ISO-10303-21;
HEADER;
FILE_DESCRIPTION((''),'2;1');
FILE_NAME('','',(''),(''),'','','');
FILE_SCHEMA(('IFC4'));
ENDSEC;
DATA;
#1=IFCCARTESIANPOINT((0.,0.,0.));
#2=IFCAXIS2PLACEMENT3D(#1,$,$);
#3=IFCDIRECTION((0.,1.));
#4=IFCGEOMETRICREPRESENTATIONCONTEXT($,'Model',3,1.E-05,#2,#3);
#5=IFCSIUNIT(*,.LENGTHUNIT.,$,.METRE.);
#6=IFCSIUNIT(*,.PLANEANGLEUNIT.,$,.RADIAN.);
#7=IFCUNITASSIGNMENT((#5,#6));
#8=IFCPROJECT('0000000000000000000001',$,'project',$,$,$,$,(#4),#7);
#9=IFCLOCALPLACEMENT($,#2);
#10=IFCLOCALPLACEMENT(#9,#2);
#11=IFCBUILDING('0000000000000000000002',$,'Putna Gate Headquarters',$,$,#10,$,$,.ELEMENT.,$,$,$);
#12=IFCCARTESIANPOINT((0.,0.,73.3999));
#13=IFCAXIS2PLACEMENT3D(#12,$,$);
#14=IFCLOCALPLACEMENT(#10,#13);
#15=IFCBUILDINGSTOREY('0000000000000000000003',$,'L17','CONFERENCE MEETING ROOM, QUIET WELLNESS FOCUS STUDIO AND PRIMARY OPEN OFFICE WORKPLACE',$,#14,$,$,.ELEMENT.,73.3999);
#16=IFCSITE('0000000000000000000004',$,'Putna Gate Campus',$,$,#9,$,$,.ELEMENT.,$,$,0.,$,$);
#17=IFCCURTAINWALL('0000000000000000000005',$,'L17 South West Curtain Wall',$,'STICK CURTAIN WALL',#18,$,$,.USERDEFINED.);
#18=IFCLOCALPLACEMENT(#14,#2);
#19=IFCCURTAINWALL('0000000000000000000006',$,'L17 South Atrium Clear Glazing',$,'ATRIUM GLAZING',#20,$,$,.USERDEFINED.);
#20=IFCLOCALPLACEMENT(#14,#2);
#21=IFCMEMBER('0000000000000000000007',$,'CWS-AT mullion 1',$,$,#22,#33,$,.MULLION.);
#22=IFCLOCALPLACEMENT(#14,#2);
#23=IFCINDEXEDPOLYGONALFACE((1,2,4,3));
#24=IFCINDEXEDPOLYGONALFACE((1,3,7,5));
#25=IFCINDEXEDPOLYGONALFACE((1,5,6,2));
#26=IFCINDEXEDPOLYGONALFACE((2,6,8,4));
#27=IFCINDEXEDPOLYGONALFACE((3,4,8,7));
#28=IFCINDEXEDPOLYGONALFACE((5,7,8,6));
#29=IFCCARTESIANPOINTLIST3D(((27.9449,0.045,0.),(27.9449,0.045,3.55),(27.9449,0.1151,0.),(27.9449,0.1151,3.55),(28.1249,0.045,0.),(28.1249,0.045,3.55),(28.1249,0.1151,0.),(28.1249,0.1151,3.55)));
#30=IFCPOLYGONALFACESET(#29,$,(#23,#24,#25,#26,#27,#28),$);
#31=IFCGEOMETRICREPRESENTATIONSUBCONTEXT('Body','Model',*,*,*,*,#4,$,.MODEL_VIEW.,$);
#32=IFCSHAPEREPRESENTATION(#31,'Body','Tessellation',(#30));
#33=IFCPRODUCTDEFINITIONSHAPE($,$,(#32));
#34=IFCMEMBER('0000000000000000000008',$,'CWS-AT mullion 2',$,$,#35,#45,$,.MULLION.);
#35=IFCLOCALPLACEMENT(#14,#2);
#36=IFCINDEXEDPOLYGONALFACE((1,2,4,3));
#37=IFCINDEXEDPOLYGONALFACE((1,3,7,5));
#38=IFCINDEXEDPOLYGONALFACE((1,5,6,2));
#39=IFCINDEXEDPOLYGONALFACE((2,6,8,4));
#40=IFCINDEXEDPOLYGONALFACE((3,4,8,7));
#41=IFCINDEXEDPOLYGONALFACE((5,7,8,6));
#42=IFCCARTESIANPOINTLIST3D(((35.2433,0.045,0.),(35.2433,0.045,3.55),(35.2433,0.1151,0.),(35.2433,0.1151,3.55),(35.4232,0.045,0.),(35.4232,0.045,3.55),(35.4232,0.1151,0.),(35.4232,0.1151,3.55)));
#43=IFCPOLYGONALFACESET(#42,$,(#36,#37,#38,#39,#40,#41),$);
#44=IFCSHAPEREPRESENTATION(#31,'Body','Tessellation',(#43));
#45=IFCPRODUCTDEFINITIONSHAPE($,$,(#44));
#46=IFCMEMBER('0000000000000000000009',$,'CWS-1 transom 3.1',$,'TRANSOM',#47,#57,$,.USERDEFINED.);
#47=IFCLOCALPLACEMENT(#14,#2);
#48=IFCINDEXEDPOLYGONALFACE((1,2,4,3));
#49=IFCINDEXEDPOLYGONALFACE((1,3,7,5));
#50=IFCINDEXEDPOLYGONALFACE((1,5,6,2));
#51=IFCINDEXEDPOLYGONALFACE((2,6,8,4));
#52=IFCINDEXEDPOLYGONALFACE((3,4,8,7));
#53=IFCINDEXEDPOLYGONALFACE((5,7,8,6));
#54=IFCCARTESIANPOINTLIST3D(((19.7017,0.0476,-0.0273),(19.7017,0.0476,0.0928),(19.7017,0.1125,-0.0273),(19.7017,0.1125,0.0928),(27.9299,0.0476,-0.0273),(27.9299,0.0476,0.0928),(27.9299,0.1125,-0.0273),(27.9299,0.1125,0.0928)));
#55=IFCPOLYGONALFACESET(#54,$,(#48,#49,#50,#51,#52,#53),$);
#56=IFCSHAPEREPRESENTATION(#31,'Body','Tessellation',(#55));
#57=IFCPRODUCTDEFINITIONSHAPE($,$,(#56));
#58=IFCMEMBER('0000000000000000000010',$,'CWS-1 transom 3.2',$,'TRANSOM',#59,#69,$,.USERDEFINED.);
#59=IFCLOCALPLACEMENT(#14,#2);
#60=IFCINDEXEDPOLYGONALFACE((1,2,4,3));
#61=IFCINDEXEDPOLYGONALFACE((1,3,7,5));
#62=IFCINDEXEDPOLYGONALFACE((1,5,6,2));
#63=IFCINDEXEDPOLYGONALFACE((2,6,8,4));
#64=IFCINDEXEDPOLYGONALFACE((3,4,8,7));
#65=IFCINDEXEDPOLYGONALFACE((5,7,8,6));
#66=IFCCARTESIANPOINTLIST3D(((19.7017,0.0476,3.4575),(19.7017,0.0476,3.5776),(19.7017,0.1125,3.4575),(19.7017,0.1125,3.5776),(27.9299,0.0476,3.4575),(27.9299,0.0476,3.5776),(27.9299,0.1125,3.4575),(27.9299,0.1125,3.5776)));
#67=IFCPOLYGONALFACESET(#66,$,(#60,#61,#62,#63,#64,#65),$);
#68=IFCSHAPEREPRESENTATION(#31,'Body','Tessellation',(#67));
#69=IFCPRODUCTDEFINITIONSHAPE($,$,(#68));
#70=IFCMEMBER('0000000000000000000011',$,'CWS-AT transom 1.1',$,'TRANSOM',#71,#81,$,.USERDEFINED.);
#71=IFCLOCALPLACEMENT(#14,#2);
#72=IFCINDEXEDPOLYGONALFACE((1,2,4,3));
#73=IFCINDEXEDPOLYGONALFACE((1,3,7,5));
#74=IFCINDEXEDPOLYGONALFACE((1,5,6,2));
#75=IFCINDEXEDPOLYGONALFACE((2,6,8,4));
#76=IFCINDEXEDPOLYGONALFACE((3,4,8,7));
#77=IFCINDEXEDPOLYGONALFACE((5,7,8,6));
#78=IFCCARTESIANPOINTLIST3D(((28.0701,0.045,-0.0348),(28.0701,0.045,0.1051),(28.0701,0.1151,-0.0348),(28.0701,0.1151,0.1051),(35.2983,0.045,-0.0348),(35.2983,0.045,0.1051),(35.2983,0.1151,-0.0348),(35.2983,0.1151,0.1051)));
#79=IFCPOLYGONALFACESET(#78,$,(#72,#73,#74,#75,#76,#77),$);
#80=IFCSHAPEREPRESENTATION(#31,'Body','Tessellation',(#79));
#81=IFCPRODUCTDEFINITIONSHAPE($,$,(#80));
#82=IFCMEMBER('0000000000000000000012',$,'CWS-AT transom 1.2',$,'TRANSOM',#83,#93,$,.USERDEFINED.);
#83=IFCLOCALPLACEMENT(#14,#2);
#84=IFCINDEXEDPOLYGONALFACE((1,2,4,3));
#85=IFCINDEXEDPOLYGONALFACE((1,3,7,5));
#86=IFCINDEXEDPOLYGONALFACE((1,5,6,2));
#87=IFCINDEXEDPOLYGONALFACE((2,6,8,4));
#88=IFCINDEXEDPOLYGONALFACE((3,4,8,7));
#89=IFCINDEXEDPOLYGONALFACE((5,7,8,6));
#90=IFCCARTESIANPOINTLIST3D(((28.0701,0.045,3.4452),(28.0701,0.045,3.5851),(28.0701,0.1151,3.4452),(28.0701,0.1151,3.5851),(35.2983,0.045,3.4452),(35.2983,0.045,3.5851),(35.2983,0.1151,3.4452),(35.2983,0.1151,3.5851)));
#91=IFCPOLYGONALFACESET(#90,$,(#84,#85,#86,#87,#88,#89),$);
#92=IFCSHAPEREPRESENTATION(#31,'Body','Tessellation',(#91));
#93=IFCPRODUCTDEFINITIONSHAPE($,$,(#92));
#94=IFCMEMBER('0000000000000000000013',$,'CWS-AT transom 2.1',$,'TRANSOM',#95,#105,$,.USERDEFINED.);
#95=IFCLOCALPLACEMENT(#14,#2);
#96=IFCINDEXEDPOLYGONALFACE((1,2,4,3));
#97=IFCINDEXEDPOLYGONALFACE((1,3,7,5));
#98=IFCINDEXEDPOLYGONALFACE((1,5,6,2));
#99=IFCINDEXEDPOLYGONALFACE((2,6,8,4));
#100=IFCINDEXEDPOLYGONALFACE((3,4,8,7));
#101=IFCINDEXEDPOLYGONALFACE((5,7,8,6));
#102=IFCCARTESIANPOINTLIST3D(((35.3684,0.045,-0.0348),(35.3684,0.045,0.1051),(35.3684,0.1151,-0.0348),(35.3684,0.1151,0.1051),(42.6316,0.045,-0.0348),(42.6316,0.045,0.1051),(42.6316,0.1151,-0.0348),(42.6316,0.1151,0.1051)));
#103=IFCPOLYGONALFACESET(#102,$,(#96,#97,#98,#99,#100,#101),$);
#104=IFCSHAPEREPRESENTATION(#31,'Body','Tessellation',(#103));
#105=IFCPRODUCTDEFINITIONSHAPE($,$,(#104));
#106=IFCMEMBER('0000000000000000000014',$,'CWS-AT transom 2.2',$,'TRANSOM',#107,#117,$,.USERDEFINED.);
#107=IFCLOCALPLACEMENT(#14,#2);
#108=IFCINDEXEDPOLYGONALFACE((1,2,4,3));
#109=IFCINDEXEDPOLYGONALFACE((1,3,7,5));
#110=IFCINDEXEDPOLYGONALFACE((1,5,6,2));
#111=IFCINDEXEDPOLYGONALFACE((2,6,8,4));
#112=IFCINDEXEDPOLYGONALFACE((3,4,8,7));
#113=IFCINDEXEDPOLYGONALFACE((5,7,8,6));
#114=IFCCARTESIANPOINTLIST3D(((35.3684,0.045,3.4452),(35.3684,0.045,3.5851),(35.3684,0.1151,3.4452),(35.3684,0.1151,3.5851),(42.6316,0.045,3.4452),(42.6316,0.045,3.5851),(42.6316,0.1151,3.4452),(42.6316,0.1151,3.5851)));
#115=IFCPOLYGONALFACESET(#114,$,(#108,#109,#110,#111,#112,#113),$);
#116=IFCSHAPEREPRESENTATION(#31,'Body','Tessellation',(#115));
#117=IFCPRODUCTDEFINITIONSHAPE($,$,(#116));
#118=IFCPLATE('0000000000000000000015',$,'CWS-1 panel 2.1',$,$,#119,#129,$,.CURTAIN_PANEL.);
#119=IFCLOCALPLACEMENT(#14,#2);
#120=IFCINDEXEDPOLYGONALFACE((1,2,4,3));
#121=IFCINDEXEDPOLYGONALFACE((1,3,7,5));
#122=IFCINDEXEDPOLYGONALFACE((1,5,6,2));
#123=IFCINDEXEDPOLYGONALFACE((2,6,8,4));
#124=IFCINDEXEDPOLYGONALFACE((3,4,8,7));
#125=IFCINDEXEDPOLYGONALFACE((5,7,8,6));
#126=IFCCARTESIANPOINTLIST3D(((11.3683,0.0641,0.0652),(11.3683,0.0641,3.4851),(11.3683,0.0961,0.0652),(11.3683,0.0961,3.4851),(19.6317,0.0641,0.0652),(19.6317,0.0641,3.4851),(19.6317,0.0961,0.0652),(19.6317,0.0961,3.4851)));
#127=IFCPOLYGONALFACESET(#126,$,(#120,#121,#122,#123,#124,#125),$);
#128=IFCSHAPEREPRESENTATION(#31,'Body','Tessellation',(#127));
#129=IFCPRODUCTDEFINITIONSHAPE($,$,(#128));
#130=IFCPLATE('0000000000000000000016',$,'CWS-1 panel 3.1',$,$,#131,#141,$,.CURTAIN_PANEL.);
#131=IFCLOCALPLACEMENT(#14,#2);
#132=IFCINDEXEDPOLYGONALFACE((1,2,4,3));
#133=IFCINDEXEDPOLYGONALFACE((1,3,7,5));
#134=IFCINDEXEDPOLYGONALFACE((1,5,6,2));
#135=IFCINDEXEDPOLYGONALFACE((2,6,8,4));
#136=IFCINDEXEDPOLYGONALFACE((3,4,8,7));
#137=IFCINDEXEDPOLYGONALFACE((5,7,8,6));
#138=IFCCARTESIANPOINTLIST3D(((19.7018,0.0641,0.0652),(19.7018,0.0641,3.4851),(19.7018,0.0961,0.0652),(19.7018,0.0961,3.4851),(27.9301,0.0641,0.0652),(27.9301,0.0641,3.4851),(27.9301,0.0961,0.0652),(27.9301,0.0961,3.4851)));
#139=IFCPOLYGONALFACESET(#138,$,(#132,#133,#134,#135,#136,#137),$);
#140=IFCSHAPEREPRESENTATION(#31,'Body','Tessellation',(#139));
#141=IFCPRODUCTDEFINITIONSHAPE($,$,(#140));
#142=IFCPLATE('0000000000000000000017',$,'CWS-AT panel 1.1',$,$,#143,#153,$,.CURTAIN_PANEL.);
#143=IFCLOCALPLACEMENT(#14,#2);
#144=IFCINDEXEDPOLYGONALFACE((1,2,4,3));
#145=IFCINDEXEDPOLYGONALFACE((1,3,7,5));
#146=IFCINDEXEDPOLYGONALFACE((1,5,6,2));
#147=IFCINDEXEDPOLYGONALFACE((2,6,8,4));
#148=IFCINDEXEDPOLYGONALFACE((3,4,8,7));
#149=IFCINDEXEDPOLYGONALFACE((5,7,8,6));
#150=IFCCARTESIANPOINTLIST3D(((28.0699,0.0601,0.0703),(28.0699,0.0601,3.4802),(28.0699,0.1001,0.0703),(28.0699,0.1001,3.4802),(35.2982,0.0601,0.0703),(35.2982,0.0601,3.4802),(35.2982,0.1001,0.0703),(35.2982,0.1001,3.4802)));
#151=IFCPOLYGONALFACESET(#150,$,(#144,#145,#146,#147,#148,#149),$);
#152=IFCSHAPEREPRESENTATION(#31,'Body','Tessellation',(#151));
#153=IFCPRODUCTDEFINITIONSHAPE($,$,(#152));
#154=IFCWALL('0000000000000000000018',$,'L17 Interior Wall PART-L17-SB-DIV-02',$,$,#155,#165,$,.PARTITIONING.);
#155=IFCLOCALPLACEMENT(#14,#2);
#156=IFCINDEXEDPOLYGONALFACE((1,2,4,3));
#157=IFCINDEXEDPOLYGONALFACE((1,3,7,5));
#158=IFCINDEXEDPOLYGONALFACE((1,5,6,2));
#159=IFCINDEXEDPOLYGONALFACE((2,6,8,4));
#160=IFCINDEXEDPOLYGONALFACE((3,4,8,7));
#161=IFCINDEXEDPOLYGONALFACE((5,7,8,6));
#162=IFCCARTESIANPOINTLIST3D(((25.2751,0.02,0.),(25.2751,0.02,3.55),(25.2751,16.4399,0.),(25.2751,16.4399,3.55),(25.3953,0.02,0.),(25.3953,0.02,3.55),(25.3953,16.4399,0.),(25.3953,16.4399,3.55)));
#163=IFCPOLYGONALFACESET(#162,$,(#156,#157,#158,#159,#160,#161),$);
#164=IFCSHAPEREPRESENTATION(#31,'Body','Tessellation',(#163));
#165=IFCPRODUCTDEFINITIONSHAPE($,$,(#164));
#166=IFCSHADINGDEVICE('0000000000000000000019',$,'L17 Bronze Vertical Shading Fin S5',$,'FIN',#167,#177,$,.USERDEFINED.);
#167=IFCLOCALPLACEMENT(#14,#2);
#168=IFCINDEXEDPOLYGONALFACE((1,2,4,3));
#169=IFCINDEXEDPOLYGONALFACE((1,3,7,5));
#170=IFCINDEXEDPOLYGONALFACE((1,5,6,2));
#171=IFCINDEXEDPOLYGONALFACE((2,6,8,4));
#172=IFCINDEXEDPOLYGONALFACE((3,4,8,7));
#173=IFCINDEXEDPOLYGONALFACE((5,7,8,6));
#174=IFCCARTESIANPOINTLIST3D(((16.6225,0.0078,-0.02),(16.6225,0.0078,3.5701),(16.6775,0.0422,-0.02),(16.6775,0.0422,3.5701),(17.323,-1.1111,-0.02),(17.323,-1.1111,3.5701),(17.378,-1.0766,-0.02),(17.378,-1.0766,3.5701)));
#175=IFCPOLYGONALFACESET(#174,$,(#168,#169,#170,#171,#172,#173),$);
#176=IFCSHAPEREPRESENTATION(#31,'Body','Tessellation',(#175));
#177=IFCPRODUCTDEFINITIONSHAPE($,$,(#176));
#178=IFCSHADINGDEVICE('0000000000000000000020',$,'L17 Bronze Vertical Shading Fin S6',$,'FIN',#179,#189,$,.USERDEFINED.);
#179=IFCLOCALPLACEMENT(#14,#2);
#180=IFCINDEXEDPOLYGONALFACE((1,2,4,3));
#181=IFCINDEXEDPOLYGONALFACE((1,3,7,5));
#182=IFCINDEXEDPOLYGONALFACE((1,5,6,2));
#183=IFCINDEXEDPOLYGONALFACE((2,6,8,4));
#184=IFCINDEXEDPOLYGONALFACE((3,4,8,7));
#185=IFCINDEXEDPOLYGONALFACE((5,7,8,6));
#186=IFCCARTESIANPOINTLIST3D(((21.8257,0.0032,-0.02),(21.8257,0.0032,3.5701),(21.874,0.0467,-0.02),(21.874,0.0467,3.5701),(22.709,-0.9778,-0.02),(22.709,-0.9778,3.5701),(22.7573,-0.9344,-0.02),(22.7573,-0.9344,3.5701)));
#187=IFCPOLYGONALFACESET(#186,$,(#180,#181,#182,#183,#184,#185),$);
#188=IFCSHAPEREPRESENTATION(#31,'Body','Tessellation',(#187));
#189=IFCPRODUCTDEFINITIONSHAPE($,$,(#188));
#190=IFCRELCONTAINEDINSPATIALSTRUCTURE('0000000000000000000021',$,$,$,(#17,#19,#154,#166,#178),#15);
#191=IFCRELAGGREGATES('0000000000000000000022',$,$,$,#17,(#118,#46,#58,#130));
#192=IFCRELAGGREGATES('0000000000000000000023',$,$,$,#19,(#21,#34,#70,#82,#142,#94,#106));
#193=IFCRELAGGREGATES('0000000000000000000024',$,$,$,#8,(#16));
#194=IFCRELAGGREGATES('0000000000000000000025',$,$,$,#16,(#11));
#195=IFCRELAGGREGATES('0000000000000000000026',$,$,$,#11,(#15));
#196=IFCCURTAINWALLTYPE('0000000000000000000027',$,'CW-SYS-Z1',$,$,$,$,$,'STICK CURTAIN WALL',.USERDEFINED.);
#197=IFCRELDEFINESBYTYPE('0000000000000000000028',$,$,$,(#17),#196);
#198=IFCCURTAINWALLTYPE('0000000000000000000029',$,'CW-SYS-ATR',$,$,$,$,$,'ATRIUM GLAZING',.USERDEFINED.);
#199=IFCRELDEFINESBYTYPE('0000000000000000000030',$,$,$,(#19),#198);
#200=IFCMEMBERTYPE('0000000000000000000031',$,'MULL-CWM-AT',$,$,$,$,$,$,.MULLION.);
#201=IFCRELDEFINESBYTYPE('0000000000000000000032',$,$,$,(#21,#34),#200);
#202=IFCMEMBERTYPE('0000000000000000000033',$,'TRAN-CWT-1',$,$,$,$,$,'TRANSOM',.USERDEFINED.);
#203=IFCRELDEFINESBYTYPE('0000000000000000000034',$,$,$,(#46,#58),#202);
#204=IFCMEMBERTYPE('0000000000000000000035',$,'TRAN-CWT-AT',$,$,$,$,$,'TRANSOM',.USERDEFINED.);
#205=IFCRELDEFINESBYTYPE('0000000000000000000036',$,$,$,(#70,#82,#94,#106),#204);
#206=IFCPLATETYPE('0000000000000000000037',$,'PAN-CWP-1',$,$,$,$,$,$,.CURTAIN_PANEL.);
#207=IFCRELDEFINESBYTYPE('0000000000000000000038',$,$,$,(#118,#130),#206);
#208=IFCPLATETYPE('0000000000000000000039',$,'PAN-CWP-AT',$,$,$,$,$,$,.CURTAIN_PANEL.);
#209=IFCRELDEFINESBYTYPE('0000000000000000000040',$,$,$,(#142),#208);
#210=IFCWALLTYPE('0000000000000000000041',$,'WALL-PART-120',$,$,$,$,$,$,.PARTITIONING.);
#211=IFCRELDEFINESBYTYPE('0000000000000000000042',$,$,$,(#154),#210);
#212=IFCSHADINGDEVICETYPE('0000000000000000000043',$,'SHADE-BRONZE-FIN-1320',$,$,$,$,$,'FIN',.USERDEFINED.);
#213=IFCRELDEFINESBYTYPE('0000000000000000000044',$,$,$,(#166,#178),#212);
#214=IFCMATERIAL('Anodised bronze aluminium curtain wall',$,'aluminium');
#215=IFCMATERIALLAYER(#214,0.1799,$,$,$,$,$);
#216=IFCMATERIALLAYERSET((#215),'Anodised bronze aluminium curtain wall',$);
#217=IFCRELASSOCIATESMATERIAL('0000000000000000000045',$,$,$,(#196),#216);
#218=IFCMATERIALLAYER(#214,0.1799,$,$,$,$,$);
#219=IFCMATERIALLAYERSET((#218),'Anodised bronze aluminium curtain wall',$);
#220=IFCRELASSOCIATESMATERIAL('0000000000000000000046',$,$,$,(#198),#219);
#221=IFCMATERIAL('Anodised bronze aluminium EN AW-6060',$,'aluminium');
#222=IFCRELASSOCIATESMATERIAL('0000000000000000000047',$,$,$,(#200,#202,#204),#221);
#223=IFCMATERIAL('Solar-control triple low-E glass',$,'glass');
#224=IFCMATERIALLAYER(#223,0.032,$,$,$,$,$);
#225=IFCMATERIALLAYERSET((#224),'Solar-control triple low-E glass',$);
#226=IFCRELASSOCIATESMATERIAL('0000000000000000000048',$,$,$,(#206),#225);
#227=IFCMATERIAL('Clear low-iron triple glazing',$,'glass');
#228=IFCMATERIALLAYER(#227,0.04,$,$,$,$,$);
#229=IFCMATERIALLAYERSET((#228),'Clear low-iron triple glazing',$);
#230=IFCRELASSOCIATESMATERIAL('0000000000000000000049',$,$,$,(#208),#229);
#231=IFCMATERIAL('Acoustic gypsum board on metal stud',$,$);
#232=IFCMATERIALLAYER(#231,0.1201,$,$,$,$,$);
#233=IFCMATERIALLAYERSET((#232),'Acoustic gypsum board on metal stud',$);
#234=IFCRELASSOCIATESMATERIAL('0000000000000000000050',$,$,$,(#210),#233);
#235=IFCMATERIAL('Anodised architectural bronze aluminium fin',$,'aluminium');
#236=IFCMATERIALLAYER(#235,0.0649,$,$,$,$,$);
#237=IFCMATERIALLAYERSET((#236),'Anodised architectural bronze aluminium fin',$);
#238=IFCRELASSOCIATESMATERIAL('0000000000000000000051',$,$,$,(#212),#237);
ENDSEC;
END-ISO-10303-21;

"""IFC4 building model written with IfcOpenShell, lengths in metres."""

from ifc_helpers import new_model, si_unit, direction, frame, frame_2d, origin, origin_2d, place, context, subcontext, project, spatial, rectangle, extrude, material, layer, layer_set, material_profile, profile_set, type_object, element, aggregate, save


model = new_model("IFC4")

# Units and contexts
model_context = context("Model", 3, precision=1e-05, world=origin(), true_north=direction((0.0, 1.0)))
body_context = subcontext(model_context, "Body", "Model", "MODEL_VIEW")
ifc_project = project(units=[si_unit("LENGTHUNIT", "METRE"), si_unit("PLANEANGLEUNIT", "RADIAN")], contexts=[model_context])

# Site, building, storey
site_placement = place(None, origin())
site = spatial("IfcSite", under=ifc_project, at=site_placement, Name="Putna Gate Campus", CompositionType="ELEMENT", RefElevation=0.0)
building_placement = place(site_placement, origin())
building = spatial("IfcBuilding", under=site, at=building_placement, Name="Putna Gate Headquarters", CompositionType="ELEMENT")
storey_placement = place(building_placement, frame((0.0, 0.0, 73.3999)))
storey = spatial("IfcBuildingStorey", under=building, at=storey_placement, Name="L17", Description="CONFERENCE MEETING ROOM, QUIET WELLNESS FOCUS STUDIO AND PRIMARY OPEN OFFICE WORKPLACE", CompositionType="ELEMENT", Elevation=73.3999)

# Curtain walls, members
ifc_material_1 = material(Name="Anodised bronze aluminium curtain wall", Category="aluminium")
ifc_layer_1 = layer(ifc_material_1, 0.1799)
ifc_layer_set_1 = layer_set([ifc_layer_1], Name="Anodised bronze aluminium curtain wall")
curtain_wall_type_1 = type_object("IfcCurtainWallType", Name="CW-SYS-Z1", ElementType="STICK CURTAIN WALL", PredefinedType="USERDEFINED", material=ifc_layer_set_1)
curtain_wall_1_placement = place(storey_placement, origin())
curtain_wall_1 = element("IfcCurtainWall", 1, at=curtain_wall_1_placement, inside=storey, type_object=curtain_wall_type_1, Name="L17 South West Curtain Wall", ObjectType="STICK CURTAIN WALL", PredefinedType="USERDEFINED")
ifc_material_2 = material(Name="Anodised bronze aluminium EN AW-6060", Category="aluminium")
ifc_layer_2 = layer(ifc_material_1, 0.1799)
ifc_layer_set_2 = layer_set([ifc_layer_2], Name="Anodised bronze aluminium curtain wall")
curtain_wall_type_2 = type_object("IfcCurtainWallType", Name="CW-SYS-ATR", ElementType="ATRIUM GLAZING", PredefinedType="USERDEFINED", material=ifc_layer_set_2)
curtain_wall_2_placement = place(storey_placement, origin())
curtain_wall_2 = element("IfcCurtainWall", 2, at=curtain_wall_2_placement, inside=storey, type_object=curtain_wall_type_2, Name="L17 South Atrium Clear Glazing", ObjectType="ATRIUM GLAZING", PredefinedType="USERDEFINED")
ifc_material_profile_1 = material_profile(ifc_material_2, rectangle(XDim=0.0701, YDim=0.1799, at=origin_2d()), Name="Anodised bronze aluminium EN AW-6060")
ifc_profile_set_1 = profile_set([ifc_material_profile_1], Name="Anodised bronze aluminium EN AW-6060")
member_type_1 = type_object("IfcMemberType", Name="MULL-CWM-AT", PredefinedType="MULLION", material=ifc_profile_set_1)
member_1_placement = place(storey_placement, frame((28.0349, 0.0801, 0.0), z_axis=(0.0, 0.0, 1.0), x_axis=(0.0, 1.0, 0.0)))
member_1 = element("IfcMember", 3, at=member_1_placement, type_object=member_type_1, Name="CWS-AT mullion 1", PredefinedType="MULLION", context=body_context, shape_type="SweptSolid", body=[
    extrude(rectangle(XDim=0.0701, YDim=0.1799, at=origin_2d()), origin(), (0.0, 0.0, 1.0), 3.55),
])
member_2_placement = place(storey_placement, frame((35.3333, 0.0801, 0.0), z_axis=(0.0, 0.0, 1.0), x_axis=(0.0, 1.0, 0.0)))
member_2 = element("IfcMember", 4, at=member_2_placement, type_object=member_type_1, Name="CWS-AT mullion 2", PredefinedType="MULLION", context=body_context, shape_type="SweptSolid", body=[
    extrude(rectangle(XDim=0.0701, YDim=0.1799, at=origin_2d()), origin(), (0.0, 0.0, 1.0), 3.55),
])

# Members
ifc_material_profile_2 = material_profile(ifc_material_2, rectangle(XDim=0.0649, YDim=0.1201, at=origin_2d()), Name="Anodised bronze aluminium EN AW-6060")
ifc_profile_set_2 = profile_set([ifc_material_profile_2], Name="Anodised bronze aluminium EN AW-6060")
member_type_2 = type_object("IfcMemberType", Name="TRAN-CWT-1", ElementType="TRANSOM", PredefinedType="USERDEFINED", material=ifc_profile_set_2)
member_3_placement = place(storey_placement, frame((19.7017, 0.0801, 0.0327), z_axis=(1.0, 0.0, 0.0), x_axis=(0.0, 1.0, 0.0)))
member_3 = element("IfcMember", 5, at=member_3_placement, type_object=member_type_2, Name="CWS-1 transom 3.1", ObjectType="TRANSOM", PredefinedType="USERDEFINED", context=body_context, shape_type="SweptSolid", body=[
    extrude(rectangle(XDim=0.0649, YDim=0.1201, at=origin_2d()), origin(), (0.0, 0.0, 1.0), 8.2283),
])
member_4_placement = place(storey_placement, frame((19.7017, 0.0801, 3.5176), z_axis=(1.0, 0.0, 0.0), x_axis=(0.0, 1.0, 0.0)))
member_4 = element("IfcMember", 6, at=member_4_placement, type_object=member_type_2, Name="CWS-1 transom 3.2", ObjectType="TRANSOM", PredefinedType="USERDEFINED", context=body_context, shape_type="SweptSolid", body=[
    extrude(rectangle(XDim=0.0649, YDim=0.1201, at=origin_2d()), origin(), (0.0, 0.0, 1.0), 8.2283),
])
ifc_material_profile_3 = material_profile(ifc_material_2, rectangle(XDim=0.0701, YDim=0.1399, at=origin_2d()), Name="Anodised bronze aluminium EN AW-6060")
ifc_profile_set_3 = profile_set([ifc_material_profile_3], Name="Anodised bronze aluminium EN AW-6060")
member_type_3 = type_object("IfcMemberType", Name="TRAN-CWT-AT", ElementType="TRANSOM", PredefinedType="USERDEFINED", material=ifc_profile_set_3)
member_5_placement = place(storey_placement, frame((28.0701, 0.0801, 0.0352), z_axis=(1.0, 0.0, 0.0), x_axis=(0.0, 1.0, 0.0)))
member_5 = element("IfcMember", 7, at=member_5_placement, type_object=member_type_3, Name="CWS-AT transom 1.1", ObjectType="TRANSOM", PredefinedType="USERDEFINED", context=body_context, shape_type="SweptSolid", body=[
    extrude(rectangle(XDim=0.0701, YDim=0.1399, at=origin_2d()), origin(), (0.0, 0.0, 1.0), 7.2283),
])
member_6_placement = place(storey_placement, frame((28.0701, 0.0801, 3.5151), z_axis=(1.0, 0.0, 0.0), x_axis=(0.0, 1.0, 0.0)))
member_6 = element("IfcMember", 8, at=member_6_placement, type_object=member_type_3, Name="CWS-AT transom 1.2", ObjectType="TRANSOM", PredefinedType="USERDEFINED", context=body_context, shape_type="SweptSolid", body=[
    extrude(rectangle(XDim=0.0701, YDim=0.1399, at=origin_2d()), origin(), (0.0, 0.0, 1.0), 7.2283),
])
member_7_placement = place(storey_placement, frame((35.3684, 0.0801, 0.0352), z_axis=(1.0, 0.0, 0.0), x_axis=(0.0, 1.0, 0.0)))
member_7 = element("IfcMember", 9, at=member_7_placement, type_object=member_type_3, Name="CWS-AT transom 2.1", ObjectType="TRANSOM", PredefinedType="USERDEFINED", context=body_context, shape_type="SweptSolid", body=[
    extrude(rectangle(XDim=0.0701, YDim=0.1399, at=origin_2d()), origin(), (0.0, 0.0, 1.0), 7.2632),
])
member_8_placement = place(storey_placement, frame((35.3684, 0.0801, 3.5151), z_axis=(1.0, 0.0, 0.0), x_axis=(0.0, 1.0, 0.0)))
member_8 = element("IfcMember", 10, at=member_8_placement, type_object=member_type_3, Name="CWS-AT transom 2.2", ObjectType="TRANSOM", PredefinedType="USERDEFINED", context=body_context, shape_type="SweptSolid", body=[
    extrude(rectangle(XDim=0.0701, YDim=0.1399, at=origin_2d()), origin(), (0.0, 0.0, 1.0), 7.2632),
])

# Plates
ifc_material_3 = material(Name="Solar-control triple low-E glass", Category="glass")
ifc_layer_3 = layer(ifc_material_3, 0.032)
ifc_layer_set_3 = layer_set([ifc_layer_3], Name="Solar-control triple low-E glass")
plate_type_1 = type_object("IfcPlateType", Name="PAN-CWP-1", PredefinedType="CURTAIN_PANEL", material=ifc_layer_set_3)
plate_1_placement = place(storey_placement, frame((15.5, 0.0801, 0.0652), z_axis=(0.0, 0.0, 1.0), x_axis=(1.0, 0.0, 0.0)))
plate_1 = element("IfcPlate", 11, at=plate_1_placement, type_object=plate_type_1, Name="CWS-1 panel 2.1", PredefinedType="CURTAIN_PANEL", context=body_context, shape_type="SweptSolid", body=[
    extrude(rectangle(XDim=8.2634, YDim=0.032, at=origin_2d()), origin(), (0.0, 0.0, 1.0), 3.4199),
])
plate_2_placement = place(storey_placement, frame((23.8159, 0.0801, 0.0652), z_axis=(0.0, 0.0, 1.0), x_axis=(1.0, 0.0, 0.0)))
plate_2 = element("IfcPlate", 12, at=plate_2_placement, type_object=plate_type_1, Name="CWS-1 panel 3.1", PredefinedType="CURTAIN_PANEL", context=body_context, shape_type="SweptSolid", body=[
    extrude(rectangle(XDim=8.2283, YDim=0.032, at=origin_2d()), origin(), (0.0, 0.0, 1.0), 3.4199),
])
aggregate(curtain_wall_1, [plate_1, member_3, member_4, plate_2])
ifc_material_4 = material(Name="Clear low-iron triple glazing", Category="glass")
ifc_layer_4 = layer(ifc_material_4, 0.04)
ifc_layer_set_4 = layer_set([ifc_layer_4], Name="Clear low-iron triple glazing")
plate_type_2 = type_object("IfcPlateType", Name="PAN-CWP-AT", PredefinedType="CURTAIN_PANEL", material=ifc_layer_set_4)
plate_3_placement = place(storey_placement, frame((31.6841, 0.0801, 0.0703), z_axis=(0.0, 0.0, 1.0), x_axis=(1.0, 0.0, 0.0)))
plate_3 = element("IfcPlate", 13, at=plate_3_placement, type_object=plate_type_2, Name="CWS-AT panel 1.1", PredefinedType="CURTAIN_PANEL", context=body_context, shape_type="SweptSolid", body=[
    extrude(rectangle(XDim=7.2283, YDim=0.04, at=origin_2d()), origin(), (0.0, 0.0, 1.0), 3.4099),
])
aggregate(curtain_wall_2, [member_1, member_2, member_5, member_6, plate_3, member_7, member_8])

# Wall
ifc_material_5 = material(Name="Acoustic gypsum board on metal stud")
ifc_layer_5 = layer(ifc_material_5, 0.1201)
ifc_layer_set_5 = layer_set([ifc_layer_5], Name="Acoustic gypsum board on metal stud")
wall_type = type_object("IfcWallType", Name="WALL-PART-120", PredefinedType="PARTITIONING", material=ifc_layer_set_5)
wall_placement = place(storey_placement, frame((25.3352, 0.02, 0.0), z_axis=(0.0, 0.0, 1.0), x_axis=(0.0, 1.0, 0.0)))
element("IfcWall", 14, at=wall_placement, inside=storey, type_object=wall_type, Name="L17 Interior Wall PART-L17-SB-DIV-02", PredefinedType="PARTITIONING", context=body_context, shape_type="SweptSolid", body=[
    extrude(rectangle(XDim=16.4199, YDim=0.1201, at=frame_2d((8.21, 0.0))), origin(), (0.0, 0.0, 1.0), 3.55),
])

# Shading devices
ifc_material_6 = material(Name="Anodised architectural bronze aluminium fin", Category="aluminium")
ifc_layer_6 = layer(ifc_material_6, 0.0649)
ifc_layer_set_6 = layer_set([ifc_layer_6], Name="Anodised architectural bronze aluminium fin")
shading_device_type = type_object("IfcShadingDeviceType", Name="SHADE-BRONZE-FIN-1320", ElementType="FIN", PredefinedType="USERDEFINED", material=ifc_layer_set_6)
for number, where, z_axis, x_axis, name in (
    (15, (17.0002, -0.5344, -0.02), (0.0, 0.0, 1.0), (0.530659, -0.847585, 0.0), "L17 Bronze Vertical Shading Fin S5"),
    (16, (22.2915, -0.4656, -0.02), (0.0, 0.0, 1.0), (0.669131, -0.743145, 0.0), "L17 Bronze Vertical Shading Fin S6"),
):
    element("IfcShadingDevice", number, at=place(storey_placement, frame(where, z_axis=z_axis, x_axis=x_axis)), inside=storey, type_object=shading_device_type, Name=name, ObjectType="FIN", PredefinedType="USERDEFINED", context=body_context, shape_type="SweptSolid", body=[
        extrude(rectangle(XDim=1.3201, YDim=0.0649, at=origin_2d()), origin(), (0.0, 0.0, 1.0), 3.5901),
    ])

save(model, "model.ifc")
